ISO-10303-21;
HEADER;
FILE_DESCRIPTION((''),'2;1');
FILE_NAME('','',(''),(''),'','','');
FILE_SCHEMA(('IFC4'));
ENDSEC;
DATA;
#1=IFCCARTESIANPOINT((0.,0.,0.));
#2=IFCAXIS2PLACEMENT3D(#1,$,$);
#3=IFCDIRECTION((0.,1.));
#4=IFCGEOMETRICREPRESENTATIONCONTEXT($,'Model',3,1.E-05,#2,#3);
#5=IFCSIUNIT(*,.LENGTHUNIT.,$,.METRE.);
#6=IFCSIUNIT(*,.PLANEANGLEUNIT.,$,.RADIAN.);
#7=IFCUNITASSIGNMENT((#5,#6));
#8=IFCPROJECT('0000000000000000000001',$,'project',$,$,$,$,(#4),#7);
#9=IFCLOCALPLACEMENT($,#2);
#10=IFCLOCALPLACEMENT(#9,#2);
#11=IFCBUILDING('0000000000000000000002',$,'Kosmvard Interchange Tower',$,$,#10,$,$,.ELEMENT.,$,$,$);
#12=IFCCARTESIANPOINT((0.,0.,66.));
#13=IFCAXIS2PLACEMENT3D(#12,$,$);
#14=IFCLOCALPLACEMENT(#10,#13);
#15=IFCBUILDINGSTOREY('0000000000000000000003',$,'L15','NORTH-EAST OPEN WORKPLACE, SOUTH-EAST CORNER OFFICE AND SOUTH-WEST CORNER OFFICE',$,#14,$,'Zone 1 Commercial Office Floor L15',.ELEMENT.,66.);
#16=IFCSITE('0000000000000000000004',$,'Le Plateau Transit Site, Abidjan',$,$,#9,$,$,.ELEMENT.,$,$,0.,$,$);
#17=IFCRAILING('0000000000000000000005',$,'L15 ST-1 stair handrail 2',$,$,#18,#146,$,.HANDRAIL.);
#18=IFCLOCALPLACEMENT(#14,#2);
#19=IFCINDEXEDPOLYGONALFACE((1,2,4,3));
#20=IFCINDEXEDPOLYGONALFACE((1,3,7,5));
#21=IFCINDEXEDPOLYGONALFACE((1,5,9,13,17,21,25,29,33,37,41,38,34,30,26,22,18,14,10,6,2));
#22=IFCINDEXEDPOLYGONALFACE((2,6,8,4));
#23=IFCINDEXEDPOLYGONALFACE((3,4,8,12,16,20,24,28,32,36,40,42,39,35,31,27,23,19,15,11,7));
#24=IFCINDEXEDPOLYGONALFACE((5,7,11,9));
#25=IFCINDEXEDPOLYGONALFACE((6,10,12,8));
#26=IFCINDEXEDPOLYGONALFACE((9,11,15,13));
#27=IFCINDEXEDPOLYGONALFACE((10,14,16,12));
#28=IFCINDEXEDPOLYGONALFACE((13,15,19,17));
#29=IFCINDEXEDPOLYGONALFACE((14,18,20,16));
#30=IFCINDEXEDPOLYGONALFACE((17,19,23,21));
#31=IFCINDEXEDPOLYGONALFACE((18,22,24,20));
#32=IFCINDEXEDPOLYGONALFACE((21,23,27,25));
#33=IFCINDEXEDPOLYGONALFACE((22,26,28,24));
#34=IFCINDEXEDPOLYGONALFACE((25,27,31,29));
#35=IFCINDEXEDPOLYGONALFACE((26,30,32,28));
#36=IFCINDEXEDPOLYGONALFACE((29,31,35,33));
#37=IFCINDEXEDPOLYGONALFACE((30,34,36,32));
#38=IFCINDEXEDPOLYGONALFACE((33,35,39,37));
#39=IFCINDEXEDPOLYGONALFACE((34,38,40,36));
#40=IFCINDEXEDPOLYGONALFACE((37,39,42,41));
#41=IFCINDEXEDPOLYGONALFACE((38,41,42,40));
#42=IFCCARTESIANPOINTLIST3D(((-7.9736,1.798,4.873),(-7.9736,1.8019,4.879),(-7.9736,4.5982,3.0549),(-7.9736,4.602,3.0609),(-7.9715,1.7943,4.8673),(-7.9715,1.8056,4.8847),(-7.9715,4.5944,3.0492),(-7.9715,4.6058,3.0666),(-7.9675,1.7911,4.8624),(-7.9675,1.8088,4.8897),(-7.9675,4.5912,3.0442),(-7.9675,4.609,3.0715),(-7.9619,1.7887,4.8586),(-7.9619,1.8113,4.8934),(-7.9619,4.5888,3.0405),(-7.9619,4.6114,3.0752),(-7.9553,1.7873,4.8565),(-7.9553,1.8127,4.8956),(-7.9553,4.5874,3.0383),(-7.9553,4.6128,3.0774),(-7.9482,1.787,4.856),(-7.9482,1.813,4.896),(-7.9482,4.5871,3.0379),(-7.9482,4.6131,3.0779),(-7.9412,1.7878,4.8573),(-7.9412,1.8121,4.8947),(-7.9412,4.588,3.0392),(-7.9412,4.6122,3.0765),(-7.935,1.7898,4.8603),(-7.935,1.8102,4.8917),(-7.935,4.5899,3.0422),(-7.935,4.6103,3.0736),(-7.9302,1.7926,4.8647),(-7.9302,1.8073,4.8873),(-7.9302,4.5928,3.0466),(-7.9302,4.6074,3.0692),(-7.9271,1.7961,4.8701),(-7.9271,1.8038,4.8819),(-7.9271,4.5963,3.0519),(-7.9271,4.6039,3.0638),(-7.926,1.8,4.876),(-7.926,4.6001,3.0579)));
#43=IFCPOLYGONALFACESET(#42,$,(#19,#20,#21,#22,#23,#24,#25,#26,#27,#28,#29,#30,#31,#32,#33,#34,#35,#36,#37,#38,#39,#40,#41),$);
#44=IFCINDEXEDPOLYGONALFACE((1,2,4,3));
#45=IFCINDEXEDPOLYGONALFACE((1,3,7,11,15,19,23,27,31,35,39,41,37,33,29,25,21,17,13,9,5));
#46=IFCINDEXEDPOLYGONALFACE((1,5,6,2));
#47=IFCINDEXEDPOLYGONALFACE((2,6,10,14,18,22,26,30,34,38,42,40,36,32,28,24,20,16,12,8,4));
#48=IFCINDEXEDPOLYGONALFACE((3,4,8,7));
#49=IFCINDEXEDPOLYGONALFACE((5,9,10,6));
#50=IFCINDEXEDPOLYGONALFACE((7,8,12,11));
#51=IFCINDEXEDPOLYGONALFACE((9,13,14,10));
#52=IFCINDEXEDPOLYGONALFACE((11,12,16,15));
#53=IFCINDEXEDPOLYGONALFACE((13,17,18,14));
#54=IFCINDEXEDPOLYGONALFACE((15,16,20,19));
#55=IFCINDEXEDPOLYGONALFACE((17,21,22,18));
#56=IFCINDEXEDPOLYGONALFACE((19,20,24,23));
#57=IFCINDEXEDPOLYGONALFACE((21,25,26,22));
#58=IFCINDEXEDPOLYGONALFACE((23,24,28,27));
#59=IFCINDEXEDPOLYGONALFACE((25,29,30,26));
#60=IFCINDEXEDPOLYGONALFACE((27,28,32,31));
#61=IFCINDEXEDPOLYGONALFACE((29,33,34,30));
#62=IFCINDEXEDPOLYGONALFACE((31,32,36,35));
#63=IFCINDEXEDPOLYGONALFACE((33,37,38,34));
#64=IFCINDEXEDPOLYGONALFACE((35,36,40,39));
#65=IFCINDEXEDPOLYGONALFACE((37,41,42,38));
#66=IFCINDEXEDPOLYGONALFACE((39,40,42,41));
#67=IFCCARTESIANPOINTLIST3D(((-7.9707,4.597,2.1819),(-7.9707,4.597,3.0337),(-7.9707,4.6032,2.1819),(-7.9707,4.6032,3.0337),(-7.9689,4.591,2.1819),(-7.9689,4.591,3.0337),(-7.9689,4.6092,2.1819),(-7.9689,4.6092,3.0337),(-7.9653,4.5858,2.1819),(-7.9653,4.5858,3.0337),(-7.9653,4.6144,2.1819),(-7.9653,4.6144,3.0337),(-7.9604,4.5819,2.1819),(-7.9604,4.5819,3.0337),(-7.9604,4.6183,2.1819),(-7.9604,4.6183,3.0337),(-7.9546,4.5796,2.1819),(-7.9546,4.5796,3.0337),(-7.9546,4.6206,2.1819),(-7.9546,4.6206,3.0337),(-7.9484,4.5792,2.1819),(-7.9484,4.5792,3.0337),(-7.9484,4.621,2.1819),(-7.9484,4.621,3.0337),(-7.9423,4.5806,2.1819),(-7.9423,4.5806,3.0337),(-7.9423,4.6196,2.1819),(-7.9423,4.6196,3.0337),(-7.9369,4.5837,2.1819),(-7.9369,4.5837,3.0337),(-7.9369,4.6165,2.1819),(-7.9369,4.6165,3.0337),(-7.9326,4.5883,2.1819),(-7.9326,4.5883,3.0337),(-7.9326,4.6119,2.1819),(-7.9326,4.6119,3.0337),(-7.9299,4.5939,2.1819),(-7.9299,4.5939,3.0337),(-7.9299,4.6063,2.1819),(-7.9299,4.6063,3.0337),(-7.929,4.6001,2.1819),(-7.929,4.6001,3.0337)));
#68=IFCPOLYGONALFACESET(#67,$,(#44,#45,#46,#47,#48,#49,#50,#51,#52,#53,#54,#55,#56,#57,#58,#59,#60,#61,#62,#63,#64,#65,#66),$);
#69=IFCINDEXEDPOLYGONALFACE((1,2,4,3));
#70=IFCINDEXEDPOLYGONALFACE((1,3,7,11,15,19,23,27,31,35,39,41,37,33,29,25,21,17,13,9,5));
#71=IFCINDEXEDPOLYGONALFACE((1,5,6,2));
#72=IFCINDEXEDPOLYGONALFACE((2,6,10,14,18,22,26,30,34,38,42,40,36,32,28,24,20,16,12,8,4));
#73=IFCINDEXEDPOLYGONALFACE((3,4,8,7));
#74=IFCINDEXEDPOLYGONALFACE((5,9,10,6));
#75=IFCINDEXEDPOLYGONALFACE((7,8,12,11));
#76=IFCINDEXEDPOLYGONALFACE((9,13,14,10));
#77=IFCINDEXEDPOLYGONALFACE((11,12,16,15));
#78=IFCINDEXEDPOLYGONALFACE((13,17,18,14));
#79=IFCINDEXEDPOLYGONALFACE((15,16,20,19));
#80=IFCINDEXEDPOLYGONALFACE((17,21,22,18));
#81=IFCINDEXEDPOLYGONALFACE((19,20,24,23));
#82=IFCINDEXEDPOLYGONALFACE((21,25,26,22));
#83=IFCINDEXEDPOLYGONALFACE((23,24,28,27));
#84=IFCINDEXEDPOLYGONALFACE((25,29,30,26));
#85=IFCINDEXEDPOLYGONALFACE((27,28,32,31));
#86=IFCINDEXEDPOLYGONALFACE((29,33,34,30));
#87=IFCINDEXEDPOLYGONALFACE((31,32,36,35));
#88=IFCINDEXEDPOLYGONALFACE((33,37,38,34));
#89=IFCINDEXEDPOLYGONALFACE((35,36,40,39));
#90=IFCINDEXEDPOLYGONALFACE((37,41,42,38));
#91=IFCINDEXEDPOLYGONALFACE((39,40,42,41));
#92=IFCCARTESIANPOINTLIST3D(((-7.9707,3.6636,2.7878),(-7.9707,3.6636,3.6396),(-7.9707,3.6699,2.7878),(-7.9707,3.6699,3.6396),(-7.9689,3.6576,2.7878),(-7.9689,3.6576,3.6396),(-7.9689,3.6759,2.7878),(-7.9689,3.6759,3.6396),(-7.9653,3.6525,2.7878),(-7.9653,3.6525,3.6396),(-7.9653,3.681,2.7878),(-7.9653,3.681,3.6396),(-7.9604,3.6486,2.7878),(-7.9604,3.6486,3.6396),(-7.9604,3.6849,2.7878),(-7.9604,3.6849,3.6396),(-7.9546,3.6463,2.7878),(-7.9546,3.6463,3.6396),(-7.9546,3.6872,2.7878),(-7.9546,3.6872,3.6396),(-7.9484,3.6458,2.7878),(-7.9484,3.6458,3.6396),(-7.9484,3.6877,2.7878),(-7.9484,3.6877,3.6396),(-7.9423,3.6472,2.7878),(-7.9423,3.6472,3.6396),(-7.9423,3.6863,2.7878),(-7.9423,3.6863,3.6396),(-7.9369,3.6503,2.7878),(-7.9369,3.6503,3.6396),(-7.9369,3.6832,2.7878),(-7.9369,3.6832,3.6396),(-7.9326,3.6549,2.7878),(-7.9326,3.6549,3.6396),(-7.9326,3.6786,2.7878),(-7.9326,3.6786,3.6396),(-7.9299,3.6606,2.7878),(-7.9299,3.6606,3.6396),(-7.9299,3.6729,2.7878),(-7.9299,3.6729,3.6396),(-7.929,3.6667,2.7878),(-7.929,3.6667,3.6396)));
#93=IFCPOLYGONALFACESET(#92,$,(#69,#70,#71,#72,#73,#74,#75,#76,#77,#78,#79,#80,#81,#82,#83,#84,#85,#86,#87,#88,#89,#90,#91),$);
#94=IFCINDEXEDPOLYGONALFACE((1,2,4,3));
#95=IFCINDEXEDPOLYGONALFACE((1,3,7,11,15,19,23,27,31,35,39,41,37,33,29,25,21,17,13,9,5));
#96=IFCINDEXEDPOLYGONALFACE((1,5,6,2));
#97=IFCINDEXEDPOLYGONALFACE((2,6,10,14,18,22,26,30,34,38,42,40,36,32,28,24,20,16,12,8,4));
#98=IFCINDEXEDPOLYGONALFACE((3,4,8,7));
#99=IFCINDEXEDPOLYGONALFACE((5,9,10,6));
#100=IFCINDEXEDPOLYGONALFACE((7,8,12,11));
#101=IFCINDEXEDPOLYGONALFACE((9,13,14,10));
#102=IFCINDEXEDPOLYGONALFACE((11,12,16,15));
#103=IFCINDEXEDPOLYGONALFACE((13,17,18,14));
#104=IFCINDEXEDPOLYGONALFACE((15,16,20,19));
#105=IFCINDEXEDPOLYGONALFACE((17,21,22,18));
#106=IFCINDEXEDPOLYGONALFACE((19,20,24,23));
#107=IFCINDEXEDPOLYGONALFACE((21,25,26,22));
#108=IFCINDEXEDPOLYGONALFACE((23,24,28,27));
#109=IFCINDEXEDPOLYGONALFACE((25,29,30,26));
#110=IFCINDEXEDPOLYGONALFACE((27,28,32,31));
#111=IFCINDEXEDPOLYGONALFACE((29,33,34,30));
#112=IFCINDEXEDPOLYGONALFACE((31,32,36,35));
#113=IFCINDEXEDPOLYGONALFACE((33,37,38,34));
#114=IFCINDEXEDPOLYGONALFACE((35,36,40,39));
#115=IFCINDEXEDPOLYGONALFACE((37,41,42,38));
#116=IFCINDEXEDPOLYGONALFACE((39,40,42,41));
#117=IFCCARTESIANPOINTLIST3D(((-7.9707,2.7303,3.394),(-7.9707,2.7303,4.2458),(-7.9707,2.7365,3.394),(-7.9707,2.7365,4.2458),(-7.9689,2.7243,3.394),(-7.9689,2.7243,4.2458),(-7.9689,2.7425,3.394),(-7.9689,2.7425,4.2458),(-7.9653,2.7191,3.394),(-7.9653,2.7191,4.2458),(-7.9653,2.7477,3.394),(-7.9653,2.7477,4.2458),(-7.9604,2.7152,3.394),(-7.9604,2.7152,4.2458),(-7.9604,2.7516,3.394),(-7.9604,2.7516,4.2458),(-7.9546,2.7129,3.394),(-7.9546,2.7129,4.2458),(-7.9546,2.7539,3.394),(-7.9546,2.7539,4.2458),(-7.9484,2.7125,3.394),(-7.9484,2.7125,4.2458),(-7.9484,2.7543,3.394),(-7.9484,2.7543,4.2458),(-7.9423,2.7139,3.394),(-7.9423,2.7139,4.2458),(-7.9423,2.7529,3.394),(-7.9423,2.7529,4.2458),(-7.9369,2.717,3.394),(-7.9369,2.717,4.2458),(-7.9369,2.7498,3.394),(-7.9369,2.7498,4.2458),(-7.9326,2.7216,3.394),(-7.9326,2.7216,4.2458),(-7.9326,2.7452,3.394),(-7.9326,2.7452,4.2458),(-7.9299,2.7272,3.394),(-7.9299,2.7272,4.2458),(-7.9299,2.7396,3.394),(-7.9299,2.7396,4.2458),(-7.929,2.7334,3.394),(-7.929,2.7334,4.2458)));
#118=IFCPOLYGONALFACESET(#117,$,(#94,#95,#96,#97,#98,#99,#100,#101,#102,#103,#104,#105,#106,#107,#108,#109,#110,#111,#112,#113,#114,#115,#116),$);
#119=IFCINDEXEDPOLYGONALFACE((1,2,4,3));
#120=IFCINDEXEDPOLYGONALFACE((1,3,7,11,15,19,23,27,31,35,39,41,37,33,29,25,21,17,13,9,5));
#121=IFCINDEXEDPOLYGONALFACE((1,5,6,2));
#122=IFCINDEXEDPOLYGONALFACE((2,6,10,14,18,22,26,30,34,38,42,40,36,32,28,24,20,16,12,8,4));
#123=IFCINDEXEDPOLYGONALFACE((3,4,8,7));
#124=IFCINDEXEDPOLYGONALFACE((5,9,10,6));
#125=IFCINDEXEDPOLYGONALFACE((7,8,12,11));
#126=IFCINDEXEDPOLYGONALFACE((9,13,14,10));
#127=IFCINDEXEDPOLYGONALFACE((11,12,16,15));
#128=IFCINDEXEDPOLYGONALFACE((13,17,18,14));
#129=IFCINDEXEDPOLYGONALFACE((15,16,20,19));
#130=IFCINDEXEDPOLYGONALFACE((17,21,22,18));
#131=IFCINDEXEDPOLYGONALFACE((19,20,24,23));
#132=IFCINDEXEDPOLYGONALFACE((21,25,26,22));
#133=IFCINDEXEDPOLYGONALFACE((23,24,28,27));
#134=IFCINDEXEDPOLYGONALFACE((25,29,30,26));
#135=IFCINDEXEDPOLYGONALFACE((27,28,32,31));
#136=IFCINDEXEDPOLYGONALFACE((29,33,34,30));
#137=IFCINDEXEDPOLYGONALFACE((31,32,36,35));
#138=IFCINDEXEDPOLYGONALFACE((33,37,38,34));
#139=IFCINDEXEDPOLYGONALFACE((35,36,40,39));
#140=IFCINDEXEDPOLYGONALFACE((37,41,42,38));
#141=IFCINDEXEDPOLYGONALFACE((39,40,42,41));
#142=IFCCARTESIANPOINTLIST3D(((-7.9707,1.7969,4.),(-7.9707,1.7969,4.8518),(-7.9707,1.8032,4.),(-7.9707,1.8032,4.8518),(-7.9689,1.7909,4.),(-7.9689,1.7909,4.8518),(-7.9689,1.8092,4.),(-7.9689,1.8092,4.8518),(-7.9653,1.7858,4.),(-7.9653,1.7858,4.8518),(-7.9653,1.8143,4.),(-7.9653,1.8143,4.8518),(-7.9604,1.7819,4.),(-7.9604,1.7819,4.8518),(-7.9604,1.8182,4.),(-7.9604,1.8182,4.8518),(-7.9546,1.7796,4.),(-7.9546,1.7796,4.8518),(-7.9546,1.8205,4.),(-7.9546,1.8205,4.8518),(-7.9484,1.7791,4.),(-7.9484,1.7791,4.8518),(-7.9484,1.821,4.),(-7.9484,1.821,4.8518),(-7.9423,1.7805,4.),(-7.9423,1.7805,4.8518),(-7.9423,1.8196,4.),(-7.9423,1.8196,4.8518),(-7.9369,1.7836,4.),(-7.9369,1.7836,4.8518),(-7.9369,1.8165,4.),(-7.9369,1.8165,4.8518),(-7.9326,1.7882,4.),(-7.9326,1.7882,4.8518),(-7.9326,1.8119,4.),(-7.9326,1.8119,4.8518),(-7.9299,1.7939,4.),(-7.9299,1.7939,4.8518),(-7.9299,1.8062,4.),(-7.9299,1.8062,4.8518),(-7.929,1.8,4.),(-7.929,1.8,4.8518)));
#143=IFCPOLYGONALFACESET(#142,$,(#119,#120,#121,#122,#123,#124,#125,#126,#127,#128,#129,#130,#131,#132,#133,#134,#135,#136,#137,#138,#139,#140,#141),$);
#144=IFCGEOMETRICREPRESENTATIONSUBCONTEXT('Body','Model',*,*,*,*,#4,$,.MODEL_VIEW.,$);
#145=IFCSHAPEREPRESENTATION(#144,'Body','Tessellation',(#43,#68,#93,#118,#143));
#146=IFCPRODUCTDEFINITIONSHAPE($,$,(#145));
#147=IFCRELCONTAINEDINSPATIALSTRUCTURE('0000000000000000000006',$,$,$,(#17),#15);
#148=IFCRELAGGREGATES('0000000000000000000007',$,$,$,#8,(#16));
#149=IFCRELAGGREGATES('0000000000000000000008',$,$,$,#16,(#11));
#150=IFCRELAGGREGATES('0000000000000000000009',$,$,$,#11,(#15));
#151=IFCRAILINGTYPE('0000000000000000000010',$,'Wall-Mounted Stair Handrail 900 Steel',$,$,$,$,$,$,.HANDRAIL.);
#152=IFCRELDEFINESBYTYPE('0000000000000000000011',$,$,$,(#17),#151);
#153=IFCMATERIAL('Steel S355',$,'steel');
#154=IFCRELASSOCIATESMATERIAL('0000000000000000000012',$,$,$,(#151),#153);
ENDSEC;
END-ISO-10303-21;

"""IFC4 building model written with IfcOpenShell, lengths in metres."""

from ifc_helpers import new_model, si_unit, direction, frame, origin, origin_2d, place, context, subcontext, project, spatial, circle, extrude, source, transform, mapped, material, type_object, element, save


model = new_model("IFC4")

# Units and contexts
model_context = context("Model", 3, precision=1e-05, world=origin(), true_north=direction((0.0, 1.0)))
body_context = subcontext(model_context, "Body", "Model", "MODEL_VIEW")
ifc_project = project(units=[si_unit("LENGTHUNIT", "METRE"), si_unit("PLANEANGLEUNIT", "RADIAN")], contexts=[model_context])

# Site, building, storey
site_placement = place(None, origin())
site = spatial("IfcSite", under=ifc_project, at=site_placement, Name="Le Plateau Transit Site, Abidjan", CompositionType="ELEMENT", RefElevation=0.0)
building_placement = place(site_placement, origin())
building = spatial("IfcBuilding", under=site, at=building_placement, Name="Kosmvard Interchange Tower", CompositionType="ELEMENT")
storey_placement = place(building_placement, frame((0.0, 0.0, 66.0)))
storey = spatial("IfcBuildingStorey", under=building, at=storey_placement, Name="L15", Description="NORTH-EAST OPEN WORKPLACE, SOUTH-EAST CORNER OFFICE AND SOUTH-WEST CORNER OFFICE", LongName="Zone 1 Commercial Office Floor L15", CompositionType="ELEMENT", Elevation=66.0)

# Shared definitions
ifc_material_1 = material(Name="Steel S355", Category="steel")

# Railing
railing_type_1 = type_object("IfcRailingType", Name="Wall-Mounted Stair Handrail 900 Steel", PredefinedType="HANDRAIL", material=ifc_material_1)
shared_shape_1 = source(origin(), body_context, "Body", "SweptSolid", [
    extrude(circle(Radius=0.0239, at=origin_2d()), frame((0.0, 0.0, 0.876), z_axis=(0.0, -0.838706, 0.544585), x_axis=(1.0, 0.0, 0.0)), (0.0, 0.0, 1.0), 3.3386),
    extrude(circle(Radius=0.021, at=origin_2d()), origin(), (0.0, 0.0, 1.0), 0.8518),
    extrude(circle(Radius=0.021, at=origin_2d()), frame((0.0, -0.9333, 0.606)), (0.0, 0.0, 1.0), 0.8518),
    extrude(circle(Radius=0.021, at=origin_2d()), frame((0.0, -1.8667, 1.2122)), (0.0, 0.0, 1.0), 0.8518),
    extrude(circle(Radius=0.021, at=origin_2d()), frame((0.0, -2.8, 1.8181)), (0.0, 0.0, 1.0), 0.8518),
])
railing_1_placement = place(storey_placement, frame((-7.95, 4.6001, 2.1819)))
element("IfcRailing", 1, at=railing_1_placement, inside=storey, type_object=railing_type_1, Name="L15 ST-1 stair handrail 2", PredefinedType="HANDRAIL", context=body_context, shape_type="MappedRepresentation", body=[
    mapped(shared_shape_1, transform((0.0, 0.0, 0.0), scale=1.0)),
])

save(model, "model.ifc")
